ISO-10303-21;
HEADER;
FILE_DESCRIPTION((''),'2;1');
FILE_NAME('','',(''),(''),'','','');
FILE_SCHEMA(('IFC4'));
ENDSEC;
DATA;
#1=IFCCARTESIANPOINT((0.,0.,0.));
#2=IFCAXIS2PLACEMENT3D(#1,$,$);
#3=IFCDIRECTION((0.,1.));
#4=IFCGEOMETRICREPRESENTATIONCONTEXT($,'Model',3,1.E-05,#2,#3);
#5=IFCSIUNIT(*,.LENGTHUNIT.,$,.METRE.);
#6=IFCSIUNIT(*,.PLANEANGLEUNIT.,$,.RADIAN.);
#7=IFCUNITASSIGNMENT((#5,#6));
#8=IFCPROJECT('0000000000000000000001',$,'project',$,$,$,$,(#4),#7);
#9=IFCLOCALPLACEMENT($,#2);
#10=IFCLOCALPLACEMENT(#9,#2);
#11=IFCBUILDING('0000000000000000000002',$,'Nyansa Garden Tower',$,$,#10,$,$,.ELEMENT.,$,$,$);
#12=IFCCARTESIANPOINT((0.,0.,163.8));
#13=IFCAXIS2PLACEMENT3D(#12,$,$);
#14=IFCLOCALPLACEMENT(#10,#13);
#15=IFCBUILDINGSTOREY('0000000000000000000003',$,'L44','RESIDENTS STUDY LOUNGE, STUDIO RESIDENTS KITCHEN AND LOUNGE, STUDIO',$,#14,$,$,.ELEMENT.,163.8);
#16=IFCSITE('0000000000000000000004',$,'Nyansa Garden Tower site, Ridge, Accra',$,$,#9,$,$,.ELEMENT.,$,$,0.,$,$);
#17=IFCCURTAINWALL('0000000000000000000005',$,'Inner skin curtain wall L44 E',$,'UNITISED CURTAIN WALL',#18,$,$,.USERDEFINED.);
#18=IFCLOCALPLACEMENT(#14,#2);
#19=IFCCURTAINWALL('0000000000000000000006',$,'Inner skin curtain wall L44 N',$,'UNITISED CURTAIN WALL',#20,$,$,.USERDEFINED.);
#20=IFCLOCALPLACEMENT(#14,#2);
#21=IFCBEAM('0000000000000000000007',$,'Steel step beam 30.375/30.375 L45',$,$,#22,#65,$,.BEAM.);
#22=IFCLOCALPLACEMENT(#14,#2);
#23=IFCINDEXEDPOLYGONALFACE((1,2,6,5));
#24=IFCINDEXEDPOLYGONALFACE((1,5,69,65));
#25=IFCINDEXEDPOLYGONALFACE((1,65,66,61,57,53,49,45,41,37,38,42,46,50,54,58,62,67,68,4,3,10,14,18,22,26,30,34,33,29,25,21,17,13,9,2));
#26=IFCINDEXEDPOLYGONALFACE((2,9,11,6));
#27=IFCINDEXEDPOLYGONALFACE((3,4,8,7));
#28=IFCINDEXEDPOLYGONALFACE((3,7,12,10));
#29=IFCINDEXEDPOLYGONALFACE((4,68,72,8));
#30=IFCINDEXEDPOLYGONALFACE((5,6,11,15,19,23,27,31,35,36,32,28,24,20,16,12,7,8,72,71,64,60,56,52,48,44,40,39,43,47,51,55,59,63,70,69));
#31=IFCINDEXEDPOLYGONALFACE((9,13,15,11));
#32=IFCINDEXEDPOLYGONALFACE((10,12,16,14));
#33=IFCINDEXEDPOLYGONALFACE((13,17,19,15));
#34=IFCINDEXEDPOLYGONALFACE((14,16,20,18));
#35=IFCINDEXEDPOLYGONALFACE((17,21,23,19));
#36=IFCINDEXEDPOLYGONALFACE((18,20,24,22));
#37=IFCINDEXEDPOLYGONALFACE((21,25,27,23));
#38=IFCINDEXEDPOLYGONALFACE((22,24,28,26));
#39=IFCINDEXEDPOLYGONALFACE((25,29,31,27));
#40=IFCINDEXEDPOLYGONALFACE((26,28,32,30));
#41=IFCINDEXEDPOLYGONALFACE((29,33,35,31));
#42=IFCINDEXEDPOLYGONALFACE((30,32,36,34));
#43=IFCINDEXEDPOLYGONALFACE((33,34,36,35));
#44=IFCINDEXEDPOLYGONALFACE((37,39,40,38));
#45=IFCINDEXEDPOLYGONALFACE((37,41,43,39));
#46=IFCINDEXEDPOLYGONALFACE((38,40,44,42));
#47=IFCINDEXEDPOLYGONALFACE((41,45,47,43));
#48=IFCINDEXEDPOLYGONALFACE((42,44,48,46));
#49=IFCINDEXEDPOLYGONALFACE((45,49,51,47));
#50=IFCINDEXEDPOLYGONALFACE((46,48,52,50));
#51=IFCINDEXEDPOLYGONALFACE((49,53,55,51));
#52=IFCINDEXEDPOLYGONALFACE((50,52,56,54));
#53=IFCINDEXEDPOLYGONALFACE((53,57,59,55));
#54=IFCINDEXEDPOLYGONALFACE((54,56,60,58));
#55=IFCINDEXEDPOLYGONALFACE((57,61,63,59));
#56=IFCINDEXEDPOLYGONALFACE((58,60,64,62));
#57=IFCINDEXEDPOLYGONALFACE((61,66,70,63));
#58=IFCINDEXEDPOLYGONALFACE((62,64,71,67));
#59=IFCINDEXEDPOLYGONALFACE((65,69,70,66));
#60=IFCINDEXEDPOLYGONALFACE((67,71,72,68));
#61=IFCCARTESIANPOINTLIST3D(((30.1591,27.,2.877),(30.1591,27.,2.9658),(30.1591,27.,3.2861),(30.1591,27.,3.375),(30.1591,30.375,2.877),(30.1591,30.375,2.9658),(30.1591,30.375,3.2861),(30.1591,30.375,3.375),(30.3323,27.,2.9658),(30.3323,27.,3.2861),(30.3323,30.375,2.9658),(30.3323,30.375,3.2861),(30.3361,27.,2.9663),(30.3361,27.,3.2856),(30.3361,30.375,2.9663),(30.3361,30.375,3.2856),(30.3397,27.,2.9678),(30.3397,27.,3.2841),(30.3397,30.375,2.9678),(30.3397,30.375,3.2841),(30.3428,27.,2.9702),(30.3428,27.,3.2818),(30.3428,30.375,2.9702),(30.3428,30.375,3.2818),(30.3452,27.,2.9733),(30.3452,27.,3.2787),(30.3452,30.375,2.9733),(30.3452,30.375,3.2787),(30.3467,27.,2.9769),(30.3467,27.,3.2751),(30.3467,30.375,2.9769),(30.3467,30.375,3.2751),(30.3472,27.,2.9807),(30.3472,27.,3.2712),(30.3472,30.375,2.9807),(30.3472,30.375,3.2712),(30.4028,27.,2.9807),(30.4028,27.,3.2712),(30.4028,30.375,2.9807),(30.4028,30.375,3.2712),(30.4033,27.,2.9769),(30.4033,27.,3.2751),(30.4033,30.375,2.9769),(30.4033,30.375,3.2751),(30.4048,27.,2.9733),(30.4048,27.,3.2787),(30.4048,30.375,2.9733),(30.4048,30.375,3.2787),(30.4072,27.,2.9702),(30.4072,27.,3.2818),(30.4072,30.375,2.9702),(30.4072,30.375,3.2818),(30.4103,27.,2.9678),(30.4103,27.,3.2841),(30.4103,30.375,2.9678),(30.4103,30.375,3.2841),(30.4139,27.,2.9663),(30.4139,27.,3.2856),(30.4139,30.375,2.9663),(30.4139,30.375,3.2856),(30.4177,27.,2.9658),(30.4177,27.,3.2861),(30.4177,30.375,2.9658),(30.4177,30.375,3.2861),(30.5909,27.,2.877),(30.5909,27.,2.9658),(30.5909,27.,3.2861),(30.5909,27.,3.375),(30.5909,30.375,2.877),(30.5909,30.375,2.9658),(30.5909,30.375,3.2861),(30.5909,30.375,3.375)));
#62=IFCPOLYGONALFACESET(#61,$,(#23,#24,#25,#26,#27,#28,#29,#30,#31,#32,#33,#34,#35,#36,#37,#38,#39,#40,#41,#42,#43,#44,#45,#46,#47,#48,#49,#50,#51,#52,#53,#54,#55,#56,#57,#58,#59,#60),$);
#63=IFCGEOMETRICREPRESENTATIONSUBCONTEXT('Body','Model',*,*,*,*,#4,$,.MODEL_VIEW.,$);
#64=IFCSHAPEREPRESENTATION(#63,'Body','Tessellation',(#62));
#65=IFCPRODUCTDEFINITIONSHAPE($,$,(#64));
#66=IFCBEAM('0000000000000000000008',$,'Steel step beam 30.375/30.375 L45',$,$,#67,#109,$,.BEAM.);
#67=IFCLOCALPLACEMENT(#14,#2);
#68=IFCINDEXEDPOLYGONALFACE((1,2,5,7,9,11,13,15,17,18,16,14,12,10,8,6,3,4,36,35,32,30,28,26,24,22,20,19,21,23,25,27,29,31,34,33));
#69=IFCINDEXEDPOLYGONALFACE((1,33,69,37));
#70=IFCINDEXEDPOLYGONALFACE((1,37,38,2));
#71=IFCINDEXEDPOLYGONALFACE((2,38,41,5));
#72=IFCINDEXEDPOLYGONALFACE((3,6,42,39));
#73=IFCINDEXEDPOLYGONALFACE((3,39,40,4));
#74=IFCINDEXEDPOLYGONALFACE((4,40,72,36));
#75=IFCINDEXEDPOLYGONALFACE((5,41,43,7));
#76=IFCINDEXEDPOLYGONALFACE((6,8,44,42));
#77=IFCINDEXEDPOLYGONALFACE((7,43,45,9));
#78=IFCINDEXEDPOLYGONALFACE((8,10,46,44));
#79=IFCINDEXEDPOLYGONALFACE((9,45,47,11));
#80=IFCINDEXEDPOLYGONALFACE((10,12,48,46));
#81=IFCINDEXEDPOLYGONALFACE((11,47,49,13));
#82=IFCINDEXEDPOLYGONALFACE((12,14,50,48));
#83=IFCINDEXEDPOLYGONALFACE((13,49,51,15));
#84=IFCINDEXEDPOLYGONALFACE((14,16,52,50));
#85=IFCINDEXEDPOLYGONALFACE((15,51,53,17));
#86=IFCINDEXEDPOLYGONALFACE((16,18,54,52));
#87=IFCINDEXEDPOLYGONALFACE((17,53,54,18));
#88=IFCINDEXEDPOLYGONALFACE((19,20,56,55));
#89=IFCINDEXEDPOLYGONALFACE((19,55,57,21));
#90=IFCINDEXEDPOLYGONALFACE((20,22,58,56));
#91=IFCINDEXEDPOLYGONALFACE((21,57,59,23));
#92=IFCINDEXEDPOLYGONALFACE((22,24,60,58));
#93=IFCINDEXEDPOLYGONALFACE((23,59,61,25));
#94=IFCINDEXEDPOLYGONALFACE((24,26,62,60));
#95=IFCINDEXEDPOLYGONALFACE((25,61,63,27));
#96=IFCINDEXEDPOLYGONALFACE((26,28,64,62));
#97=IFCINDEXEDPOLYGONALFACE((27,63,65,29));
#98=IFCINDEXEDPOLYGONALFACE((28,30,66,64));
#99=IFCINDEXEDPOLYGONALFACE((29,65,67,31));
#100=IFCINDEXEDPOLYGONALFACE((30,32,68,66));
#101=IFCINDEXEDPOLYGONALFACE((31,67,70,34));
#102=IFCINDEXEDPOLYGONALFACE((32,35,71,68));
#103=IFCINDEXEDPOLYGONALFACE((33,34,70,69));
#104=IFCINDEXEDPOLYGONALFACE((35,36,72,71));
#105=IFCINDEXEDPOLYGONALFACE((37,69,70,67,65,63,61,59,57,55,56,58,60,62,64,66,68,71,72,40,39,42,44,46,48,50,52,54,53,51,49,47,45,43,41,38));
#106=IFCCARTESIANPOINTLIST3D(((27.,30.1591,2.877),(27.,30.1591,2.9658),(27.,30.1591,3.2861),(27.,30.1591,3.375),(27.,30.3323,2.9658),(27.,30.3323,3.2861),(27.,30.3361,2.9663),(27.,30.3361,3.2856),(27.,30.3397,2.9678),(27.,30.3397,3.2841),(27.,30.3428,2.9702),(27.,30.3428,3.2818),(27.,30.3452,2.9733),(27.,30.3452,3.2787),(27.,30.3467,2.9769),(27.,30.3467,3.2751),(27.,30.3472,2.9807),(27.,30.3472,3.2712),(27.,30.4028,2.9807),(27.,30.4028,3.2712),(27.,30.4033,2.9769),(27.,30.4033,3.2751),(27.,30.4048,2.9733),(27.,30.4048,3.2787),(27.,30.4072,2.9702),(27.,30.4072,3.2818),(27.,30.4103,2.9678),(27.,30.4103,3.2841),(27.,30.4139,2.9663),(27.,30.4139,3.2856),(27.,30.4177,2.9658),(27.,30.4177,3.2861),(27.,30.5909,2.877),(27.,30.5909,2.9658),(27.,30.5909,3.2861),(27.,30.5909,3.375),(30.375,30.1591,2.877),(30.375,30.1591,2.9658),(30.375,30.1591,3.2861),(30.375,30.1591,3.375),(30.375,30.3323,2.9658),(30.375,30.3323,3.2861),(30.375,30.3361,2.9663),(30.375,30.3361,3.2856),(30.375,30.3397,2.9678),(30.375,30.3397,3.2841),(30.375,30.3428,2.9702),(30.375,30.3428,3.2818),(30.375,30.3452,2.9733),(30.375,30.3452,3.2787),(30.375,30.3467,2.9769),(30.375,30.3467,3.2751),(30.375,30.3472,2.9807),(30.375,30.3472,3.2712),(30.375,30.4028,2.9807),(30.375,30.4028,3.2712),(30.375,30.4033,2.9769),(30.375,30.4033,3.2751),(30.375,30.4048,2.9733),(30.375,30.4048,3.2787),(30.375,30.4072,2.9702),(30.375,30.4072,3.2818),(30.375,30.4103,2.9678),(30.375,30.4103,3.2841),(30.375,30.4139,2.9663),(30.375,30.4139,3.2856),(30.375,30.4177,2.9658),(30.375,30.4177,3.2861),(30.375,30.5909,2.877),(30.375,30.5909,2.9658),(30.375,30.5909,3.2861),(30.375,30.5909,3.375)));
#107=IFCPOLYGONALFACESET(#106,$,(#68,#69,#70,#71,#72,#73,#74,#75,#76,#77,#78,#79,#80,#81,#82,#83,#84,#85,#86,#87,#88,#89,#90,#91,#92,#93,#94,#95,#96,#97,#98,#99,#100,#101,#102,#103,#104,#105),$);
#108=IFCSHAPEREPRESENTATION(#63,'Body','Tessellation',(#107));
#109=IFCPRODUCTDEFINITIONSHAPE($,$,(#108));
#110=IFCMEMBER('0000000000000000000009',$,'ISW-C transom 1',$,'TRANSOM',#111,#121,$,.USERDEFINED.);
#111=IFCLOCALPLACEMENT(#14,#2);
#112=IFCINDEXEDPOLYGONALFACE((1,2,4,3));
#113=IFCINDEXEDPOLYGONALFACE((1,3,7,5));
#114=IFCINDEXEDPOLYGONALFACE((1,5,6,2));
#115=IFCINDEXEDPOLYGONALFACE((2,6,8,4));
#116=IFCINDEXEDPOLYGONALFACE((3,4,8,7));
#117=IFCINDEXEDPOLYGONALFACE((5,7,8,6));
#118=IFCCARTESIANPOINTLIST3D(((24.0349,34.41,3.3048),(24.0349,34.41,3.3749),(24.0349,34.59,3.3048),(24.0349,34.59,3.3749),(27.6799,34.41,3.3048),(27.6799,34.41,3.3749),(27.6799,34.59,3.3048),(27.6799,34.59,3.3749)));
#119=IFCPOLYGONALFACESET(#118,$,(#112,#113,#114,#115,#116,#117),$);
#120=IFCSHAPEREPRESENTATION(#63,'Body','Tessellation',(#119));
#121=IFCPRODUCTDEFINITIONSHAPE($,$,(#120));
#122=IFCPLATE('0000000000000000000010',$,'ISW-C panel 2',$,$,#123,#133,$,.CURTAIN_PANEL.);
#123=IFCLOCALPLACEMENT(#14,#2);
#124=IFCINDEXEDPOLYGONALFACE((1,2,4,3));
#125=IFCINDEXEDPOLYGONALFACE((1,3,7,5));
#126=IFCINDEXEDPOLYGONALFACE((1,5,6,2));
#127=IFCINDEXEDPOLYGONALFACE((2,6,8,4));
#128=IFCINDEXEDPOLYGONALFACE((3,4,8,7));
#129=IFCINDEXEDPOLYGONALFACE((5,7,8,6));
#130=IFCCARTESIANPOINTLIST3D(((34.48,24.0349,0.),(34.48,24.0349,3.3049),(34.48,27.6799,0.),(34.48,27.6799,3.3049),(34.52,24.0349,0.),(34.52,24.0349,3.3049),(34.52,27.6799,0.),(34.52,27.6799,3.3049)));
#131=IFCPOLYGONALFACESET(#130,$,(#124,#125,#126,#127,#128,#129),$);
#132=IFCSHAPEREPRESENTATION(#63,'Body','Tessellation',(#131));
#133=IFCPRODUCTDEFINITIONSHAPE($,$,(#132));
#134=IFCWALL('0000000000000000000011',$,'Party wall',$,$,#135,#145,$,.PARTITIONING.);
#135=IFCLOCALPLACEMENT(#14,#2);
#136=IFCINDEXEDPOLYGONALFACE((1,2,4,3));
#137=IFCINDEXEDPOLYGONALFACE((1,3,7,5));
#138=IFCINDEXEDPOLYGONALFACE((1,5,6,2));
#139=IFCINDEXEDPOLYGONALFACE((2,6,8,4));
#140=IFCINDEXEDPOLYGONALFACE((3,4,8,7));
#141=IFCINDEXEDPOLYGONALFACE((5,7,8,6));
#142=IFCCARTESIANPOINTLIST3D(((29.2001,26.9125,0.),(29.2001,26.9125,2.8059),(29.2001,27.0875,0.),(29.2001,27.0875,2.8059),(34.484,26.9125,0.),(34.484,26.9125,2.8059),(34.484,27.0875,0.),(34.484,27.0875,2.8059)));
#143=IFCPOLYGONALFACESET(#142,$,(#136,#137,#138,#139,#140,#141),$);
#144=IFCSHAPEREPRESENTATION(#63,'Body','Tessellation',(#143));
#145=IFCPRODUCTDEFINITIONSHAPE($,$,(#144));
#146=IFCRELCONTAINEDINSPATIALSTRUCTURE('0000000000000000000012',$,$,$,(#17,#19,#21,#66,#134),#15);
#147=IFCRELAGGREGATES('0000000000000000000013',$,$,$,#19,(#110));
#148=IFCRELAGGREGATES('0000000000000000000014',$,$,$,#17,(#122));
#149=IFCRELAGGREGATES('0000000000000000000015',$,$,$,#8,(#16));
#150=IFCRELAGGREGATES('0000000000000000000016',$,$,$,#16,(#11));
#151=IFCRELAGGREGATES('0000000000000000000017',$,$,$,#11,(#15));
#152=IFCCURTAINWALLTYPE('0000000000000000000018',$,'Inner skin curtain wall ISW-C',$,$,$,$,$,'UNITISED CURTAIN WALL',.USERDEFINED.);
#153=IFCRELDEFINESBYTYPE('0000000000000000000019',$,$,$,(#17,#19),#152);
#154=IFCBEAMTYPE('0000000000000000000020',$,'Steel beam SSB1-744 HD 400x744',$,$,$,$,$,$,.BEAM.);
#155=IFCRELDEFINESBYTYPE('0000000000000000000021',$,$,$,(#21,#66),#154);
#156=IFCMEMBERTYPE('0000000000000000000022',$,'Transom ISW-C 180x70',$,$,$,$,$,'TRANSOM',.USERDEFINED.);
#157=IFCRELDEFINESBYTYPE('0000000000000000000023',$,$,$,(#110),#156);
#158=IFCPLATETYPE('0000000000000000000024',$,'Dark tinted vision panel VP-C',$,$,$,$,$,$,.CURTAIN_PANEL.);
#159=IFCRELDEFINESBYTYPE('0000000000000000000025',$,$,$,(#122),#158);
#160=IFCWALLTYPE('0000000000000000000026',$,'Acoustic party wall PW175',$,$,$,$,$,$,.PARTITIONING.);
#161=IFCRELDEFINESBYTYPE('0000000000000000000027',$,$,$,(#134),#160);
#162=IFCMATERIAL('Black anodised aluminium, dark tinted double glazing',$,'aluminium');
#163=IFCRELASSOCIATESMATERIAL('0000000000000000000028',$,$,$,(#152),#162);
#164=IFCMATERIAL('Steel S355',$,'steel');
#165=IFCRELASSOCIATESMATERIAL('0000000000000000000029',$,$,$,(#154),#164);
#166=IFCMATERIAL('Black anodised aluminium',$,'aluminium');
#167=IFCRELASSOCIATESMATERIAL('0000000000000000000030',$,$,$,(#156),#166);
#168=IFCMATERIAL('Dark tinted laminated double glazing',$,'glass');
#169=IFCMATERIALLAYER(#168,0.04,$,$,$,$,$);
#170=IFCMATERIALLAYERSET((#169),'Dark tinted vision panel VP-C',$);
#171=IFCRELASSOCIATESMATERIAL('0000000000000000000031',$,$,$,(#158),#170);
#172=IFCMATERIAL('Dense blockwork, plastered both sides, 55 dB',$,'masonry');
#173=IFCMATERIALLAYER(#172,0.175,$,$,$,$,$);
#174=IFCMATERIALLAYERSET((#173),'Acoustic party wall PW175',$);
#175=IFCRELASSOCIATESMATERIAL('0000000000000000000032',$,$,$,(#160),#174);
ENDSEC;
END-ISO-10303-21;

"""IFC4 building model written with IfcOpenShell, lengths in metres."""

from ifc_helpers import new_model, si_unit, direction, frame, frame_2d, origin, origin_2d, place, context, subcontext, project, spatial, rectangle, i_section, extrude, material, layer, layer_set, material_profile, profile_set, type_object, element, aggregate, save


model = new_model("IFC4")

# Units and contexts
model_context = context("Model", 3, precision=1e-05, world=origin(), true_north=direction((0.0, 1.0)))
body_context = subcontext(model_context, "Body", "Model", "MODEL_VIEW")
ifc_project = project(units=[si_unit("LENGTHUNIT", "METRE"), si_unit("PLANEANGLEUNIT", "RADIAN")], contexts=[model_context])

# Site, building, storey
site_placement = place(None, origin())
site = spatial("IfcSite", under=ifc_project, at=site_placement, Name="Nyansa Garden Tower site, Ridge, Accra", CompositionType="ELEMENT", RefElevation=0.0)
building_placement = place(site_placement, origin())
building = spatial("IfcBuilding", under=site, at=building_placement, Name="Nyansa Garden Tower", CompositionType="ELEMENT")
storey_placement = place(building_placement, frame((0.0, 0.0, 163.8)))
storey = spatial("IfcBuildingStorey", under=building, at=storey_placement, Name="L44", Description="RESIDENTS STUDY LOUNGE, STUDIO RESIDENTS KITCHEN AND LOUNGE, STUDIO", CompositionType="ELEMENT", Elevation=163.8)

# Curtain walls
ifc_material_1 = material(Name="Black anodised aluminium, dark tinted double glazing", Category="aluminium")
curtain_wall_type = type_object("IfcCurtainWallType", Name="Inner skin curtain wall ISW-C", ElementType="UNITISED CURTAIN WALL", PredefinedType="USERDEFINED", material=ifc_material_1)
curtain_wall_1_placement = place(storey_placement, origin())
curtain_wall_1 = element("IfcCurtainWall", 1, at=curtain_wall_1_placement, inside=storey, type_object=curtain_wall_type, Name="Inner skin curtain wall L44 E", ObjectType="UNITISED CURTAIN WALL", PredefinedType="USERDEFINED")
curtain_wall_2_placement = place(storey_placement, origin())
curtain_wall_2 = element("IfcCurtainWall", 2, at=curtain_wall_2_placement, inside=storey, type_object=curtain_wall_type, Name="Inner skin curtain wall L44 N", ObjectType="UNITISED CURTAIN WALL", PredefinedType="USERDEFINED")

# Beams
ifc_material_2 = material(Name="Steel S355", Category="steel")
ifc_material_profile_1 = material_profile(ifc_material_2, i_section(OverallWidth=0.4319, OverallDepth=0.498, WebThickness=0.0557, FlangeThickness=0.0889, FilletRadius=0.0149, at=origin_2d()), Name="HD 400x744")
ifc_profile_set_1 = profile_set([ifc_material_profile_1], Name="Steel S355")
beam_type_1 = type_object("IfcBeamType", Name="Steel beam SSB1-744 HD 400x744", PredefinedType="BEAM", material=ifc_profile_set_1)
for number, where, z_axis, x_axis, name in (
    (3, (30.375, 30.375, 3.126), (0.0, -1.0, 0.0), (1.0, 0.0, 0.0), "Steel step beam 30.375/30.375 L45"),
    (4, (30.375, 30.375, 3.126), (-1.0, 0.0, 0.0), (0.0, -1.0, 0.0), "Steel step beam 30.375/30.375 L45"),
):
    element("IfcBeam", number, at=place(storey_placement, frame(where, z_axis=z_axis, x_axis=x_axis)), inside=storey, type_object=beam_type_1, Name=name, PredefinedType="BEAM", context=body_context, shape_type="SweptSolid", body=[
        extrude(i_section(OverallWidth=0.4319, OverallDepth=0.498, WebThickness=0.0557, FlangeThickness=0.0889, FilletRadius=0.0149, at=origin_2d()), origin(), (0.0, 0.0, 1.0), 3.375),
    ])

# Member
ifc_material_3 = material(Name="Black anodised aluminium", Category="aluminium")
ifc_material_profile_2 = material_profile(ifc_material_3, rectangle(XDim=0.1799, YDim=0.0701, at=origin_2d()), Name="Transom 180x70")
ifc_profile_set_2 = profile_set([ifc_material_profile_2], Name="Black anodised aluminium")
member_type_1 = type_object("IfcMemberType", Name="Transom ISW-C 180x70", ElementType="TRANSOM", PredefinedType="USERDEFINED", material=ifc_profile_set_2)
member_1_placement = place(storey_placement, frame((27.6799, 34.5, 3.3398), z_axis=(-1.0, 0.0, 0.0), x_axis=(0.0, -1.0, 0.0)))
member_1 = element("IfcMember", 5, at=member_1_placement, type_object=member_type_1, Name="ISW-C transom 1", ObjectType="TRANSOM", PredefinedType="USERDEFINED", context=body_context, shape_type="SweptSolid", body=[
    extrude(rectangle(XDim=0.1799, YDim=0.0701, at=origin_2d()), origin(), (0.0, 0.0, 1.0), 3.645),
])
aggregate(curtain_wall_2, [member_1])

# Plate
ifc_material_4 = material(Name="Dark tinted laminated double glazing", Category="glass")
ifc_layer_1 = layer(ifc_material_4, 0.04)
ifc_layer_set_1 = layer_set([ifc_layer_1], Name="Dark tinted vision panel VP-C")
plate_type = type_object("IfcPlateType", Name="Dark tinted vision panel VP-C", PredefinedType="CURTAIN_PANEL", material=ifc_layer_set_1)
plate_placement = place(storey_placement, frame((34.5, 25.8574, 0.0), z_axis=(0.0, 0.0, 1.0), x_axis=(0.0, 1.0, 0.0)))
plate = element("IfcPlate", 6, at=plate_placement, type_object=plate_type, Name="ISW-C panel 2", PredefinedType="CURTAIN_PANEL", context=body_context, shape_type="SweptSolid", body=[
    extrude(rectangle(XDim=3.645, YDim=0.04, at=origin_2d()), origin(), (0.0, 0.0, 1.0), 3.3049),
])
aggregate(curtain_wall_1, [plate])

# Wall
ifc_material_5 = material(Name="Dense blockwork, plastered both sides, 55 dB", Category="masonry")
ifc_layer_2 = layer(ifc_material_5, 0.175)
ifc_layer_set_2 = layer_set([ifc_layer_2], Name="Acoustic party wall PW175")
wall_type_1 = type_object("IfcWallType", Name="Acoustic party wall PW175", PredefinedType="PARTITIONING", material=ifc_layer_set_2)
wall_1_placement = place(storey_placement, frame((29.2, 27.0, 0.0), z_axis=(0.0, 0.0, 1.0), x_axis=(1.0, 0.0, 0.0)))
element("IfcWall", 7, at=wall_1_placement, inside=storey, type_object=wall_type_1, Name="Party wall", PredefinedType="PARTITIONING", context=body_context, shape_type="SweptSolid", body=[
    extrude(rectangle(XDim=5.2839, YDim=0.175, at=frame_2d((2.6421, 0.0))), origin(), (0.0, 0.0, 1.0), 2.8059),
])

save(model, "model.ifc")
